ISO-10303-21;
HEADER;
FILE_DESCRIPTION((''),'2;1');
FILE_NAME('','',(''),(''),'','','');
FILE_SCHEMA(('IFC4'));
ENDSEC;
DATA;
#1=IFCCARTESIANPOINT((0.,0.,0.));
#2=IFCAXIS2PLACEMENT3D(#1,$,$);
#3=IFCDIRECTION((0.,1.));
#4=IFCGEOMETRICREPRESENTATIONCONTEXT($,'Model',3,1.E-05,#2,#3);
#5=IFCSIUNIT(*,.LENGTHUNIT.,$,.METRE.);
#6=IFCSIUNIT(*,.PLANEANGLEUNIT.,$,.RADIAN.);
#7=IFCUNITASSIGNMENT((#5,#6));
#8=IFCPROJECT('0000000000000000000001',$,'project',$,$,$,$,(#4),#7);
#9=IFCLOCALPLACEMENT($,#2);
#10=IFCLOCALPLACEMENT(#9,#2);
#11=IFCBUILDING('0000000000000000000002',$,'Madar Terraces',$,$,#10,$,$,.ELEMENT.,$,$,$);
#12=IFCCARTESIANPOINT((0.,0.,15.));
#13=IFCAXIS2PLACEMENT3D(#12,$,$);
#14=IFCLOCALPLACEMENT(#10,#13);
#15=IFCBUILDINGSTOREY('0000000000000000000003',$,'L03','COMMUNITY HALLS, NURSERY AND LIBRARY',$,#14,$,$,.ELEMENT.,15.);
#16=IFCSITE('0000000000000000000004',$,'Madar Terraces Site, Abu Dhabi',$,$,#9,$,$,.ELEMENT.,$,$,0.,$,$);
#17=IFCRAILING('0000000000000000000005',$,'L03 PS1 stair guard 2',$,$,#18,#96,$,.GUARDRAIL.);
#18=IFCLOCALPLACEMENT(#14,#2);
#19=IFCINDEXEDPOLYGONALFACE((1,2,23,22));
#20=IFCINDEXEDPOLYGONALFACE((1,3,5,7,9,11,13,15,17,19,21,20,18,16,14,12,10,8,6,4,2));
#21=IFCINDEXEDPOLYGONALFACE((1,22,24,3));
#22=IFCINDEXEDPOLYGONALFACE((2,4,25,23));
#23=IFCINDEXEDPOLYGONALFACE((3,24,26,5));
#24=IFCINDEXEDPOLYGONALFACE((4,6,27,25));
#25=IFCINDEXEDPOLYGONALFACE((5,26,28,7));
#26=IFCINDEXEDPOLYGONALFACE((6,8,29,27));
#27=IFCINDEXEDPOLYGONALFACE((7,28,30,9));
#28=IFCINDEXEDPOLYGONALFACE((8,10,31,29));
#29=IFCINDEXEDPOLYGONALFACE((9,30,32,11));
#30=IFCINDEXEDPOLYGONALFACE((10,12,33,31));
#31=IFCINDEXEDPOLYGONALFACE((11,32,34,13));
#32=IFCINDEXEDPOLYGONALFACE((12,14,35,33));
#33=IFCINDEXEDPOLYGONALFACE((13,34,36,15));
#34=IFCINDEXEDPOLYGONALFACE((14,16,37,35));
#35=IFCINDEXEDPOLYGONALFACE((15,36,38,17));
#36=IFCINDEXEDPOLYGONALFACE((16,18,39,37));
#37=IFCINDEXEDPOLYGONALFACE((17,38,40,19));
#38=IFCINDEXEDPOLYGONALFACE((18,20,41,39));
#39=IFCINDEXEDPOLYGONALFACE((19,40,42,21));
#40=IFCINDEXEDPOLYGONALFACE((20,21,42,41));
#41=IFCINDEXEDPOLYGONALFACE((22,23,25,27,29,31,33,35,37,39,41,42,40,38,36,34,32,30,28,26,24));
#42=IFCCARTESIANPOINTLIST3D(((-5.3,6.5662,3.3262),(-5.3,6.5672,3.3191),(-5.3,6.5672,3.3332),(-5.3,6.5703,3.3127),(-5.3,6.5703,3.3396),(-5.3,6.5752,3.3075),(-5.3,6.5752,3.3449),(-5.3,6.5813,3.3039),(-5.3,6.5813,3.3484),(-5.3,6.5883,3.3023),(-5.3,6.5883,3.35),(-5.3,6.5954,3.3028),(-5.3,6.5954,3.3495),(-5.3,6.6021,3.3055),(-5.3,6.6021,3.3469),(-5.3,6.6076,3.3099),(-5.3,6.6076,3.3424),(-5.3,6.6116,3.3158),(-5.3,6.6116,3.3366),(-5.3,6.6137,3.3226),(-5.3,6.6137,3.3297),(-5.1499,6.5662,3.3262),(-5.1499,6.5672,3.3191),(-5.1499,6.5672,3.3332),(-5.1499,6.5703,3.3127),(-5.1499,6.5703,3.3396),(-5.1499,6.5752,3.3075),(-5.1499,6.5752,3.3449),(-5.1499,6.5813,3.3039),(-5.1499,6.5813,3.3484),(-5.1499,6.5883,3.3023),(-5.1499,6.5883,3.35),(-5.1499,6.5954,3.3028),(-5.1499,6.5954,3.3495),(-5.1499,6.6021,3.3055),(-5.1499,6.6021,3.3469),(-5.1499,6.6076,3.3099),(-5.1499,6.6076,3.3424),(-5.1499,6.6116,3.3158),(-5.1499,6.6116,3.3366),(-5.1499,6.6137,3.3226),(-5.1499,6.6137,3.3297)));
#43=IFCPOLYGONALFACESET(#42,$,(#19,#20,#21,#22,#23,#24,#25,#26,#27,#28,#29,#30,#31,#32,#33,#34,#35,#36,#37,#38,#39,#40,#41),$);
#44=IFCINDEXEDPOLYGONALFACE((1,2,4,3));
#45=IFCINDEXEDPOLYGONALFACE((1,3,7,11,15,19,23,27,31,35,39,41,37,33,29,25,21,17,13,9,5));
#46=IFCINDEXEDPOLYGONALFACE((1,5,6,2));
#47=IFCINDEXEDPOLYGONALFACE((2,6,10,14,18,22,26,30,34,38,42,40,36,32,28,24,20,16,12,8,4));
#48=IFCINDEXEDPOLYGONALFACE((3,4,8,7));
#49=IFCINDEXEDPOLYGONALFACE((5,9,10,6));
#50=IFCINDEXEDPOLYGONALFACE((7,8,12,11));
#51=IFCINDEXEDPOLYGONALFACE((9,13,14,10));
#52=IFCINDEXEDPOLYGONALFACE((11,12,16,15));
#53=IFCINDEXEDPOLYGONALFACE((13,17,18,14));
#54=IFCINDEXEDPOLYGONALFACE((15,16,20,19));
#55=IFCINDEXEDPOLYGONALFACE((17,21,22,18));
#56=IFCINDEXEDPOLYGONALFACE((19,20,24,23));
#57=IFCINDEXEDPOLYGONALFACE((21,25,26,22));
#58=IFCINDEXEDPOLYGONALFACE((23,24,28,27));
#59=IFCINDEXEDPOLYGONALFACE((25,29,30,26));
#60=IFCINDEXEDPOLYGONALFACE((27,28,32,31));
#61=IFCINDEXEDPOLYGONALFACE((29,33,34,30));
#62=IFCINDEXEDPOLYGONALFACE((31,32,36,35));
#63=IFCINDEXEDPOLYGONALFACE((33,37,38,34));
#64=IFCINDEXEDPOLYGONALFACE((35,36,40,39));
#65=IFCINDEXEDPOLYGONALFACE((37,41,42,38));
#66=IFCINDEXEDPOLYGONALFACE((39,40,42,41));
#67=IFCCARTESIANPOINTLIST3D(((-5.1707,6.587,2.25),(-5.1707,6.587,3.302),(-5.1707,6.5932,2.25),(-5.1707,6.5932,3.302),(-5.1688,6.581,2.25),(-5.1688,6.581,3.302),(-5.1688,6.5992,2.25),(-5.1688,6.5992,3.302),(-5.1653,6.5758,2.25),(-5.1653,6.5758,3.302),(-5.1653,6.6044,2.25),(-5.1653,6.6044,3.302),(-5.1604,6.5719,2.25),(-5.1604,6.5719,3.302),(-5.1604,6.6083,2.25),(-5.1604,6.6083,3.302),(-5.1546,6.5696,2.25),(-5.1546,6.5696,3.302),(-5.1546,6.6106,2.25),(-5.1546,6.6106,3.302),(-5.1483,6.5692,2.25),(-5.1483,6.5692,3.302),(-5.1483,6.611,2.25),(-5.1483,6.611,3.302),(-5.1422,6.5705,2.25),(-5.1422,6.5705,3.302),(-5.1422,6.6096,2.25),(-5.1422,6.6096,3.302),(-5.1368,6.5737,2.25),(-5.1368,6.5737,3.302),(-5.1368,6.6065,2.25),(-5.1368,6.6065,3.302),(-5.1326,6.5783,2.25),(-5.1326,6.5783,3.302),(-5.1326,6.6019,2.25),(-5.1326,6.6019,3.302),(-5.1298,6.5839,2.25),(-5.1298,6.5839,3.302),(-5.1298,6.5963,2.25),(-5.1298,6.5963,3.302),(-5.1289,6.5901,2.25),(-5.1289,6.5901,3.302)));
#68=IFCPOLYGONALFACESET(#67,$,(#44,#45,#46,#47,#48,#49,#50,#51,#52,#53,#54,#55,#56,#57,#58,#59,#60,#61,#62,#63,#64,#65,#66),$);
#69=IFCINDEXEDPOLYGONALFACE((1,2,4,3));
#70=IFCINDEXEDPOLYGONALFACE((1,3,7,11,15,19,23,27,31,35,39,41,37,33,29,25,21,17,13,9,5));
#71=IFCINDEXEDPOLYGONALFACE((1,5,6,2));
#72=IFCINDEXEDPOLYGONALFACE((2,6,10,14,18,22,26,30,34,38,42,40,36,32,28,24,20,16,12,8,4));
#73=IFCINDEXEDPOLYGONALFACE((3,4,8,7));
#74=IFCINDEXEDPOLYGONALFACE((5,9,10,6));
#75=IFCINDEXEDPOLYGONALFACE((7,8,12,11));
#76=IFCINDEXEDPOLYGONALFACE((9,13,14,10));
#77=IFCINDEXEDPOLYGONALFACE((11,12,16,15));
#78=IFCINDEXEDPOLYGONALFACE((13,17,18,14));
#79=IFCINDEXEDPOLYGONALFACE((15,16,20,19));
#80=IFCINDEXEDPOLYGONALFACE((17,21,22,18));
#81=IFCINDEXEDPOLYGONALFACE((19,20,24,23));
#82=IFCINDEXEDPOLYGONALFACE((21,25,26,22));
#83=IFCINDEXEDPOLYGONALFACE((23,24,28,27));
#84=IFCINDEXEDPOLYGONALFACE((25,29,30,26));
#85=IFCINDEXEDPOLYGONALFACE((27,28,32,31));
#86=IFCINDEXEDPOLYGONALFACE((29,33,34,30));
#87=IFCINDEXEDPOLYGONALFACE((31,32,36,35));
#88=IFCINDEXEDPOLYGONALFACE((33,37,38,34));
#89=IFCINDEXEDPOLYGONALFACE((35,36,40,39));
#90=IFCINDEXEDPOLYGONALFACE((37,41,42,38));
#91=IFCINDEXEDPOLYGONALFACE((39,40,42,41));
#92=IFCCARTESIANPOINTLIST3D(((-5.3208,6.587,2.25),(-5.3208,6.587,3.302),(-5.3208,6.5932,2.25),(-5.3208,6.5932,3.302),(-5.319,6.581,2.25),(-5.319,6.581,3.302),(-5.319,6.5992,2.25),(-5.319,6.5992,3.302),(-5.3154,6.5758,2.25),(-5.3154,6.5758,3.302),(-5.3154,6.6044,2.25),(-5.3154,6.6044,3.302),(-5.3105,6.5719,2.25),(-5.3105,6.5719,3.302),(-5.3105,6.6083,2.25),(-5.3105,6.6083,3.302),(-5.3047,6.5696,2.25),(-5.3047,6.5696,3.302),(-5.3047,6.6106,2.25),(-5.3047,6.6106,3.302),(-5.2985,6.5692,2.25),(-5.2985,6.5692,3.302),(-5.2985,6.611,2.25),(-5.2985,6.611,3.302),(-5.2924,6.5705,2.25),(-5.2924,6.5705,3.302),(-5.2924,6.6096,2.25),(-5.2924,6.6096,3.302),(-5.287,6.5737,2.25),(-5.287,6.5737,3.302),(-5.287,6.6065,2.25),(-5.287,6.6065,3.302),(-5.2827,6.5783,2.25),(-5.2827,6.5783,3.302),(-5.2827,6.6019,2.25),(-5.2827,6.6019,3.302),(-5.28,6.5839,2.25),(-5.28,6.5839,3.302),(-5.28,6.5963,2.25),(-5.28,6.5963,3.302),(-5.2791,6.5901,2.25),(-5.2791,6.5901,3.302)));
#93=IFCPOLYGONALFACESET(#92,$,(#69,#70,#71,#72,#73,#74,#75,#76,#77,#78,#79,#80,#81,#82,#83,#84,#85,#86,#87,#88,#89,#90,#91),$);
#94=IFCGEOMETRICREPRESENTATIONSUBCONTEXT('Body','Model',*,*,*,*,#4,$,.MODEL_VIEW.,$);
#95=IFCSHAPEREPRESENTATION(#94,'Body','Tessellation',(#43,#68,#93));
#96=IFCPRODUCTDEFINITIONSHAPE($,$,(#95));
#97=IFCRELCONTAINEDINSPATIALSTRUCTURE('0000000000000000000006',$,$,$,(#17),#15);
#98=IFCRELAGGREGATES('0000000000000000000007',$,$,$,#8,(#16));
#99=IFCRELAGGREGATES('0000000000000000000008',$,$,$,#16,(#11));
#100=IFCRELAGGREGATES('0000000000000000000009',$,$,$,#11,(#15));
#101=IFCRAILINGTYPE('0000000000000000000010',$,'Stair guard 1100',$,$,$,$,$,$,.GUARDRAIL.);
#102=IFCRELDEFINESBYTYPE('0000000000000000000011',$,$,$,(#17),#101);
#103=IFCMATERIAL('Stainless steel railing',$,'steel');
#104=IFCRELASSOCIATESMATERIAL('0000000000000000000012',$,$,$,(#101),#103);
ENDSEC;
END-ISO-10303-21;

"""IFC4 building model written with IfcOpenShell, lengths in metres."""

from ifc_helpers import new_model, si_unit, direction, frame, origin, origin_2d, place, context, subcontext, project, spatial, circle, extrude, material, type_object, element, save


model = new_model("IFC4")

# Units and contexts
model_context = context("Model", 3, precision=1e-05, world=origin(), true_north=direction((0.0, 1.0)))
body_context = subcontext(model_context, "Body", "Model", "MODEL_VIEW")
ifc_project = project(units=[si_unit("LENGTHUNIT", "METRE"), si_unit("PLANEANGLEUNIT", "RADIAN")], contexts=[model_context])

# Site, building, storey
site_placement = place(None, origin())
site = spatial("IfcSite", under=ifc_project, at=site_placement, Name="Madar Terraces Site, Abu Dhabi", CompositionType="ELEMENT", RefElevation=0.0)
building_placement = place(site_placement, origin())
building = spatial("IfcBuilding", under=site, at=building_placement, Name="Madar Terraces", CompositionType="ELEMENT")
storey_placement = place(building_placement, frame((0.0, 0.0, 15.0)))
storey = spatial("IfcBuildingStorey", under=building, at=storey_placement, Name="L03", Description="COMMUNITY HALLS, NURSERY AND LIBRARY", CompositionType="ELEMENT", Elevation=15.0)

# Railing
ifc_material_1 = material(Name="Stainless steel railing", Category="steel")
railing_type_1 = type_object("IfcRailingType", Name="Stair guard 1100", PredefinedType="GUARDRAIL", material=ifc_material_1)
railing_1_placement = place(storey_placement, frame((-5.1499, 6.5901, 2.25)))
element("IfcRailing", 1, at=railing_1_placement, inside=storey, type_object=railing_type_1, Name="L03 PS1 stair guard 2", PredefinedType="GUARDRAIL", context=body_context, shape_type="SweptSolid", body=[
    extrude(circle(Radius=0.0239, at=origin_2d()), frame((0.0, 0.0, 1.0762), z_axis=(-1.0, 0.0, 0.0), x_axis=(0.0, -1.0, 0.0)), (0.0, 0.0, 1.0), 0.1501),
    extrude(circle(Radius=0.021, at=origin_2d()), origin(), (0.0, 0.0, 1.0), 1.052),
    extrude(circle(Radius=0.021, at=origin_2d()), frame((-0.1501, 0.0, 0.0)), (0.0, 0.0, 1.0), 1.052),
])

save(model, "model.ifc")
